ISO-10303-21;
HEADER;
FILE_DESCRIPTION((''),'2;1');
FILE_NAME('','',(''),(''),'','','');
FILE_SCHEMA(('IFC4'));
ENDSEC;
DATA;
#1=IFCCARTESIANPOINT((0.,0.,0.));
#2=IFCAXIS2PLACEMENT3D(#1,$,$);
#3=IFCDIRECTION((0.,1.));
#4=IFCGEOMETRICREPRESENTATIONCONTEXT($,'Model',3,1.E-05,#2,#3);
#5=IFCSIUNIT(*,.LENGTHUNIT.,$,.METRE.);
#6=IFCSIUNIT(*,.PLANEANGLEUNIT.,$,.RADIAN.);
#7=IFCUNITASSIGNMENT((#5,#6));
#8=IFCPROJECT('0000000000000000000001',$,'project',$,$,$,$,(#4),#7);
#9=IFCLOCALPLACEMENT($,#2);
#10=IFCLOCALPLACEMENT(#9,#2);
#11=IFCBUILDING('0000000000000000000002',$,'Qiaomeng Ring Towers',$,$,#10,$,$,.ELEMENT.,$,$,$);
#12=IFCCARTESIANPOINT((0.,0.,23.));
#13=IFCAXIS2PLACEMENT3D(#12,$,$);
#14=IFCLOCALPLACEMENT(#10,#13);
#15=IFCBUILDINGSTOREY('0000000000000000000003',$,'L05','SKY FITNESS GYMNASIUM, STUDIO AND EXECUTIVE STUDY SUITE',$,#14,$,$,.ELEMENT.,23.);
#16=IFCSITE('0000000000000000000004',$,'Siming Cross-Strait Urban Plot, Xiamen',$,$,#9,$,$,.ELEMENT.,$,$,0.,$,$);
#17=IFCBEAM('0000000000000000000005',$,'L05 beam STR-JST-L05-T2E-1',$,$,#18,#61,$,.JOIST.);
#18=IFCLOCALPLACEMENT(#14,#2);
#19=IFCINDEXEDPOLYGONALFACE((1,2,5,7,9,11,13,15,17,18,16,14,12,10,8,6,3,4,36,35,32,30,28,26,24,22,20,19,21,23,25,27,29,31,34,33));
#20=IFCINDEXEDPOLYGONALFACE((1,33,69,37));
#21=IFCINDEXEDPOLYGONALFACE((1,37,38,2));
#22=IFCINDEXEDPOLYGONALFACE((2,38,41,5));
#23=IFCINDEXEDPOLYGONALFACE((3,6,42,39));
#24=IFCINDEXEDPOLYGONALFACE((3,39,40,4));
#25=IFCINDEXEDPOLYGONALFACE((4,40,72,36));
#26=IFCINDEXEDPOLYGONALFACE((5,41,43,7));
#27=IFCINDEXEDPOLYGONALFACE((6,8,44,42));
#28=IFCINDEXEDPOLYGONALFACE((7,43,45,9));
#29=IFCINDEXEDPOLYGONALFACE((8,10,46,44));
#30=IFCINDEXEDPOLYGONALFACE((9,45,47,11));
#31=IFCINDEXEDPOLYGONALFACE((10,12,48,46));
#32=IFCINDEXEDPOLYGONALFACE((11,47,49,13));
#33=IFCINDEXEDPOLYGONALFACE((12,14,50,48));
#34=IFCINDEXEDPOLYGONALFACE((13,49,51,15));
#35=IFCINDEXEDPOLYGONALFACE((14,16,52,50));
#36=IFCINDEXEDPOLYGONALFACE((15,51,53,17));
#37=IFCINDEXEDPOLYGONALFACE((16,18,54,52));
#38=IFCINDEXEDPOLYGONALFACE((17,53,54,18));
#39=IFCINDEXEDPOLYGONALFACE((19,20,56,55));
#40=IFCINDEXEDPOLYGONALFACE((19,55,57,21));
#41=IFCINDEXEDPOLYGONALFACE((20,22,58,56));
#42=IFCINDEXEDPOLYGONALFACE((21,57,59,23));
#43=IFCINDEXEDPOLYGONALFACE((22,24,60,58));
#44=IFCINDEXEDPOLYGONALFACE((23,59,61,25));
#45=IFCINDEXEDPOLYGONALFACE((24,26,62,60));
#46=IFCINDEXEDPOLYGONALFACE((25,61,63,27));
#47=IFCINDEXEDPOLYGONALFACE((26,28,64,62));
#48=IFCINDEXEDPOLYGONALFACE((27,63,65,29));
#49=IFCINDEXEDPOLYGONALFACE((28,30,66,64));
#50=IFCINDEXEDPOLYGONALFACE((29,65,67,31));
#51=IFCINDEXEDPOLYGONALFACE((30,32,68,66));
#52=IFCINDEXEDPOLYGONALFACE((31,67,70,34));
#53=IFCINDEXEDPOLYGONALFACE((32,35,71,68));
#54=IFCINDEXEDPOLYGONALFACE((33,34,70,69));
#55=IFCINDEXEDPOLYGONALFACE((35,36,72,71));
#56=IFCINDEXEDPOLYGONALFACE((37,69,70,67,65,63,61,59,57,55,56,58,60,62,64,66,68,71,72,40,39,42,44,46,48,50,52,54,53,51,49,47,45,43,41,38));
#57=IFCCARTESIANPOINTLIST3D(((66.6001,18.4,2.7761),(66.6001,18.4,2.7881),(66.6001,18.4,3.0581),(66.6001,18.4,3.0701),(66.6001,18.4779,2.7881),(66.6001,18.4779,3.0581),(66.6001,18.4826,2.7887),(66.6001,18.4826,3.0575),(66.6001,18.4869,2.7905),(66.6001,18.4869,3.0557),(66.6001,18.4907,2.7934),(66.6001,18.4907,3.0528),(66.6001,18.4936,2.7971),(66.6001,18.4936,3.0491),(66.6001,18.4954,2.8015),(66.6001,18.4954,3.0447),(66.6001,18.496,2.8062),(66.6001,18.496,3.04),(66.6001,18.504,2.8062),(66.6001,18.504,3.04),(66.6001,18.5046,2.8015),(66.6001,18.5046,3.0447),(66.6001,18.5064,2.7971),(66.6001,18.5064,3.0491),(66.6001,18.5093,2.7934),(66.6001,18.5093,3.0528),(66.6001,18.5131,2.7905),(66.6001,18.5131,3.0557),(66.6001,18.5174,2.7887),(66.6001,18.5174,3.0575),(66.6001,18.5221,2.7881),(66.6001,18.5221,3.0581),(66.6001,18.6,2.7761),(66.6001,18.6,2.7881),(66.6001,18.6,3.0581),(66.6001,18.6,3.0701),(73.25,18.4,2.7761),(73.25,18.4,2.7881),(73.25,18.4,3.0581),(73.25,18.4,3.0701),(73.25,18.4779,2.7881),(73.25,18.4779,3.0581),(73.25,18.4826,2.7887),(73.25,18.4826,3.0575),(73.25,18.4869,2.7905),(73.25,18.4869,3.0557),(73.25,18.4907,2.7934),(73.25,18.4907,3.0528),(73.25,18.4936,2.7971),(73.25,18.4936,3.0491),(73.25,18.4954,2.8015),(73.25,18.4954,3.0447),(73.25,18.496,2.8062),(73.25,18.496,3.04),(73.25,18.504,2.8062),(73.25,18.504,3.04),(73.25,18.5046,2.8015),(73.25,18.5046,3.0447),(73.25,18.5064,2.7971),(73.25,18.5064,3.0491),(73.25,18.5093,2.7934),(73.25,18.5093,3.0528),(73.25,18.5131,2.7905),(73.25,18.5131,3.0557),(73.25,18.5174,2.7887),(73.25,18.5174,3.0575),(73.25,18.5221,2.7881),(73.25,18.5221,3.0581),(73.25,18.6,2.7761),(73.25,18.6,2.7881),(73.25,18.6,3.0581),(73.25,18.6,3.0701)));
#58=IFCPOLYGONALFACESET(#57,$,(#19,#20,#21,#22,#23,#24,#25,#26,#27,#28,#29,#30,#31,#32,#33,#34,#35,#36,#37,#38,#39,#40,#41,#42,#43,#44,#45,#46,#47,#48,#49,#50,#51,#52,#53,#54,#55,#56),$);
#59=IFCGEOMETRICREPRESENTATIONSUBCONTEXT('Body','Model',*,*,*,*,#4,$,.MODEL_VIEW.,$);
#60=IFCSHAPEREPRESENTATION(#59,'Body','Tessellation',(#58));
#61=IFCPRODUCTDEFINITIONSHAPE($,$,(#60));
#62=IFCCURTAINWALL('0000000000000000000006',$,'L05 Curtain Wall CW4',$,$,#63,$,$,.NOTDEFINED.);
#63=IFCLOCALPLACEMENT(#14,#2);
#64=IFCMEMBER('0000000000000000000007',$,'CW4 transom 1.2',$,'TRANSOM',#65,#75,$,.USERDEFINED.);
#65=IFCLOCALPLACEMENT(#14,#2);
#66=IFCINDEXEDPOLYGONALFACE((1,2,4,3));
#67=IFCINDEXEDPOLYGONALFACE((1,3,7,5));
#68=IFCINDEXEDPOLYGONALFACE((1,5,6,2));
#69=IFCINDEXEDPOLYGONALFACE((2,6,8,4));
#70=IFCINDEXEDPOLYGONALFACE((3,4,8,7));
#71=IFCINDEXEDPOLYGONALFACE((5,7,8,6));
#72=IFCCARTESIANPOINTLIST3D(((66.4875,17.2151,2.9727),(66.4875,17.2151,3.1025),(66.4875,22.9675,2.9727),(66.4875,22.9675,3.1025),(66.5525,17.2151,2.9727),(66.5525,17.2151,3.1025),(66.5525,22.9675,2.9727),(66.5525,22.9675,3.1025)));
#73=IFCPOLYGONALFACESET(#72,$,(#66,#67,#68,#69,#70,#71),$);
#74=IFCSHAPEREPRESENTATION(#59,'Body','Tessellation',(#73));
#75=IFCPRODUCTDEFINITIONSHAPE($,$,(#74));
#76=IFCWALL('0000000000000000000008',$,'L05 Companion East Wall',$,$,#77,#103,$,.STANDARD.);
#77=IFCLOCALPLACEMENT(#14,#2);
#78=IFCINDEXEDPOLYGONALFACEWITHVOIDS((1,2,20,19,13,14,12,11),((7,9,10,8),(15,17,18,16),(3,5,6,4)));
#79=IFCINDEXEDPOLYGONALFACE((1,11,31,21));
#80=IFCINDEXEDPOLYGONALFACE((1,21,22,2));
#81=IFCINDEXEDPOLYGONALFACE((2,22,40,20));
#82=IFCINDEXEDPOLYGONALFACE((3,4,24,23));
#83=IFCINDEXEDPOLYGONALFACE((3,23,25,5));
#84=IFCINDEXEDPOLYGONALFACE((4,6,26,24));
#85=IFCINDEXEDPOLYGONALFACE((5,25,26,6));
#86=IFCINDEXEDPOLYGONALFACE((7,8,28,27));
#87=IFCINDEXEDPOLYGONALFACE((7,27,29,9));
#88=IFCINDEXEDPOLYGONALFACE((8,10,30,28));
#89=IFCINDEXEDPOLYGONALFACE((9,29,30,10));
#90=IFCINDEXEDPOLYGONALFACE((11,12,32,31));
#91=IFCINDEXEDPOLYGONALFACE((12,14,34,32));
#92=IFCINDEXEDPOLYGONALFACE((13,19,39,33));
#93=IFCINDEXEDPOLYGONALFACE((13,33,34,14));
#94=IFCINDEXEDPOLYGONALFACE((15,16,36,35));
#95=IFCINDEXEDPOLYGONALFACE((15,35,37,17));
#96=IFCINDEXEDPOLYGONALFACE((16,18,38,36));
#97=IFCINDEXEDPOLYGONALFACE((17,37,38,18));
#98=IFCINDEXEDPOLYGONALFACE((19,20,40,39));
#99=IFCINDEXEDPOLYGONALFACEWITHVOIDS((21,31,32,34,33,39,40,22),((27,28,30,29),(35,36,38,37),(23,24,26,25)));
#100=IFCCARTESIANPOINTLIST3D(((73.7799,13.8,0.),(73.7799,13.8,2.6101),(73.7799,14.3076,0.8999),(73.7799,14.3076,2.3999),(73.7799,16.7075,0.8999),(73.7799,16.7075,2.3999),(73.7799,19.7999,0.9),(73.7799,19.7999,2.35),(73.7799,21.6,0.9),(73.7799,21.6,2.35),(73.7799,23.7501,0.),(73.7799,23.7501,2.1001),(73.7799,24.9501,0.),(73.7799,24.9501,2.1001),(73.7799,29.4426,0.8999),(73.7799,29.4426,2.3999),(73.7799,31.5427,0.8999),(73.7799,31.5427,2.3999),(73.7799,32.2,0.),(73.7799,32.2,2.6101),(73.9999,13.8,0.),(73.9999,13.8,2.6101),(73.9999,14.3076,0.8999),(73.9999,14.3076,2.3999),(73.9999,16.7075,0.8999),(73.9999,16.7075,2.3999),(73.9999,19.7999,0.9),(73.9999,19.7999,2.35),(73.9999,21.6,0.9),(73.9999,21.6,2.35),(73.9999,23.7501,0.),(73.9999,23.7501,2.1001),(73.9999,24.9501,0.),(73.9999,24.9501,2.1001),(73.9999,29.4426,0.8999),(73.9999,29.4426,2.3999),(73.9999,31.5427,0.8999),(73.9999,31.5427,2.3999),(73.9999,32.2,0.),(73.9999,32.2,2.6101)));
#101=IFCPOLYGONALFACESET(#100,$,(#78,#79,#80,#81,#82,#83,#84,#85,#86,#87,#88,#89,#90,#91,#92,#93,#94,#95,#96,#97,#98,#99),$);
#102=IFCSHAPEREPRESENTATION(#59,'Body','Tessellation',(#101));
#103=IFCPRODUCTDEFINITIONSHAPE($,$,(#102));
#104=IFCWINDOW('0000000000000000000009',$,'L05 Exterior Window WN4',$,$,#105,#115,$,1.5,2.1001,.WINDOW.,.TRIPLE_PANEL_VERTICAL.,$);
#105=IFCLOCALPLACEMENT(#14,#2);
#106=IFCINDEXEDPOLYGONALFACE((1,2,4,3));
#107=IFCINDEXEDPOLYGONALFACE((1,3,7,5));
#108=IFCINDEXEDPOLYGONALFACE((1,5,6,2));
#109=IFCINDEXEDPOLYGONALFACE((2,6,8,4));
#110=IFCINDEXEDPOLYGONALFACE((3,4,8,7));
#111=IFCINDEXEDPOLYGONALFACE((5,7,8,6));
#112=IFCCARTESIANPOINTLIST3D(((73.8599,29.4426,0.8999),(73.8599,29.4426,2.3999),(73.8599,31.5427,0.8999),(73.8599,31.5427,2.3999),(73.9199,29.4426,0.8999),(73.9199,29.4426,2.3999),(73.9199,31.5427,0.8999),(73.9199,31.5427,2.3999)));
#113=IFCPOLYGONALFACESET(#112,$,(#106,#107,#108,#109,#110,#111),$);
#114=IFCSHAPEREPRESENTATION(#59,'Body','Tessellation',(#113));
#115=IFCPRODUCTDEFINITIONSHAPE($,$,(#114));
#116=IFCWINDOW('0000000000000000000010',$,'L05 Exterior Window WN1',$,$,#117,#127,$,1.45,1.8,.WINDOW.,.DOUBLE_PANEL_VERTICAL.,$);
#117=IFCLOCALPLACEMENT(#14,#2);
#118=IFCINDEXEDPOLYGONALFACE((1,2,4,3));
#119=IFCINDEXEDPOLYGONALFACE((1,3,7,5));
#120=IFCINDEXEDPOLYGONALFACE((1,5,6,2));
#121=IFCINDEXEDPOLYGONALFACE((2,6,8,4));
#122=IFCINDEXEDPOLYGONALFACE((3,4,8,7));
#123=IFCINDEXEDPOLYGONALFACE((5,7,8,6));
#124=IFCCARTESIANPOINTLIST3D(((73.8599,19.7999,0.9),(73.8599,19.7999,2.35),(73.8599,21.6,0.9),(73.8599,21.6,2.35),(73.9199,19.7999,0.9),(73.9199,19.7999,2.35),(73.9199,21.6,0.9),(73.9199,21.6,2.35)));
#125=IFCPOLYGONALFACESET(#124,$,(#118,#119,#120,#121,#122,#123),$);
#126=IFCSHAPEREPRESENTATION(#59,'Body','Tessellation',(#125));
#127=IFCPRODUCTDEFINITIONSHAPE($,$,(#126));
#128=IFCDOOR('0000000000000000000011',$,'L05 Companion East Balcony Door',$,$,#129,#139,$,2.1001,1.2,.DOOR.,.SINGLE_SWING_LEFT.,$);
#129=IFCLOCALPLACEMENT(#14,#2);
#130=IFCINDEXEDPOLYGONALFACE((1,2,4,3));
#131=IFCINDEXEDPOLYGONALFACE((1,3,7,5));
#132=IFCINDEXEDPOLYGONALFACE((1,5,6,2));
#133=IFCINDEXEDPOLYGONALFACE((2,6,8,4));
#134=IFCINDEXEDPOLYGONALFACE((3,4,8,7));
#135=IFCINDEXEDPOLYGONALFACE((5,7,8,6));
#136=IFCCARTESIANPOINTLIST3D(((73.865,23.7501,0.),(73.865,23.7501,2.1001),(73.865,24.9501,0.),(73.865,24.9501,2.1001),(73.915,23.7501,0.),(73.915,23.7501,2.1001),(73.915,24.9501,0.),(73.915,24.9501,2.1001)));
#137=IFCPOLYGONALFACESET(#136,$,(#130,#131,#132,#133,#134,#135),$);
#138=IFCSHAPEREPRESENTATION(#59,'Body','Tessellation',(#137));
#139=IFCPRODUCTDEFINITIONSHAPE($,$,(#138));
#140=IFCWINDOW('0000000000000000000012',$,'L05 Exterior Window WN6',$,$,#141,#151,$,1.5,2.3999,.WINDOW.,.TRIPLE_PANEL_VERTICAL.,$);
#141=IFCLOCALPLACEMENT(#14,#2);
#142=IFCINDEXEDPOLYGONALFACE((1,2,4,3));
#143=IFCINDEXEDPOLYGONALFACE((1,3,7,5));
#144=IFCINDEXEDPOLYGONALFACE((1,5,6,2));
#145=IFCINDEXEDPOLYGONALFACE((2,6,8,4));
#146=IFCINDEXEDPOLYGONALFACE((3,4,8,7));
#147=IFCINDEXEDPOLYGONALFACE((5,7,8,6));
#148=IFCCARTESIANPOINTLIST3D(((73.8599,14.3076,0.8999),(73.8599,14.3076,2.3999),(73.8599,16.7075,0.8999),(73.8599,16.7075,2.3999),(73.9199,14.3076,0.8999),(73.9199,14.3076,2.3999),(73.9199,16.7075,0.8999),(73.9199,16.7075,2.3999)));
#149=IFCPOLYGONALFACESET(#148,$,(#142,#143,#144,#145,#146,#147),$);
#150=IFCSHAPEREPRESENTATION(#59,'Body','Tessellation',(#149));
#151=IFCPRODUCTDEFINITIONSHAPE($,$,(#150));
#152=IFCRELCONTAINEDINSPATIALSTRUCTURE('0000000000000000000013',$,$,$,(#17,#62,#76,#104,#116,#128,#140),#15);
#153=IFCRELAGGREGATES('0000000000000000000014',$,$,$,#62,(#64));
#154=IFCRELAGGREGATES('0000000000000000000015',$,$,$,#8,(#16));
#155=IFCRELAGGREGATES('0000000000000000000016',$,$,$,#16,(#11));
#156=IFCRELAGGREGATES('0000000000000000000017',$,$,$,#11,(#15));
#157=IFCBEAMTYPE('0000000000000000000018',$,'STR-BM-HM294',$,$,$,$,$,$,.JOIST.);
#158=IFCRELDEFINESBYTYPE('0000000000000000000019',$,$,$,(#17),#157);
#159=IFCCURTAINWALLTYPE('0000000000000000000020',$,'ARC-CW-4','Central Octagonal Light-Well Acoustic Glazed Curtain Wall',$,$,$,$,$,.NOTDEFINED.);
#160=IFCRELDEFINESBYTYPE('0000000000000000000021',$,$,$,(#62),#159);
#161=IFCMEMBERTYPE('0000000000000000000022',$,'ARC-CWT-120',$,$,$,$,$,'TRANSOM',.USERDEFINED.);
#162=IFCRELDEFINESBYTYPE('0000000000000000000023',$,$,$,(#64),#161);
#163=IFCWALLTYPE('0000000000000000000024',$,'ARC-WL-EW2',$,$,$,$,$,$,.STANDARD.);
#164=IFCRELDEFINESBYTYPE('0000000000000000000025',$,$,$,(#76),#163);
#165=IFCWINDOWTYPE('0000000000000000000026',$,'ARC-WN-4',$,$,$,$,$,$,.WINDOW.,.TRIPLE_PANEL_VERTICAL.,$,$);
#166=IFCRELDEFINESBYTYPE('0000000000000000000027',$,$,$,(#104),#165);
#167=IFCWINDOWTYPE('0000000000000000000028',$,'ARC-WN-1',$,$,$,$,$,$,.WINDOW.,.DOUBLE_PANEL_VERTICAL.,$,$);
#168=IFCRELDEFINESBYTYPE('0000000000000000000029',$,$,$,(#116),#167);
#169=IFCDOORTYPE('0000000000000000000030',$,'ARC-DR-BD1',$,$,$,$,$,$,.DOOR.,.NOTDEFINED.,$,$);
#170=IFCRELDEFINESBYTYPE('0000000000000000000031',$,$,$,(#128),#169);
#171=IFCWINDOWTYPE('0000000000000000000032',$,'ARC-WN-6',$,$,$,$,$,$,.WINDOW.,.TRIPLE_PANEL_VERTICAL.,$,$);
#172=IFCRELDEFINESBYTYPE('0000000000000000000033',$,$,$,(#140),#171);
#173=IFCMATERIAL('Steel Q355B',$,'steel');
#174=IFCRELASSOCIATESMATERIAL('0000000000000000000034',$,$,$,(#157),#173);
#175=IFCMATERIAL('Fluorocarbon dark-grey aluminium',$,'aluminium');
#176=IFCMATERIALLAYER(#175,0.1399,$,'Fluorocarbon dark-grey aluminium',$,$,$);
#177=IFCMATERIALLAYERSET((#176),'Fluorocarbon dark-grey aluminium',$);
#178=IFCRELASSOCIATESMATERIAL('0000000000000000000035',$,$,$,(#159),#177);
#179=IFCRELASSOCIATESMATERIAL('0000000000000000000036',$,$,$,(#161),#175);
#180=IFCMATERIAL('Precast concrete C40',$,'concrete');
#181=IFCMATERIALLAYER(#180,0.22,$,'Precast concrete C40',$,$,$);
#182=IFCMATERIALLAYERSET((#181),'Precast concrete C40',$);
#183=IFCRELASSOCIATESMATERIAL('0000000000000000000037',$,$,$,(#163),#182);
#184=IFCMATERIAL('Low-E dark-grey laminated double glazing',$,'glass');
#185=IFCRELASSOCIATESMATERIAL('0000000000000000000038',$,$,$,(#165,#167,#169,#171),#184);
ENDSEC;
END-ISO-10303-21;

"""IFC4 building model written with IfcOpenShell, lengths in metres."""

from ifc_helpers import new_model, si_unit, direction, frame, frame_2d, origin, origin_2d, place, context, subcontext, project, spatial, rectangle, i_section, extrude, source, transform, mapped, material, layer, layer_set, material_profile, profile_set, type_object, element, fill, aggregate, save


model = new_model("IFC4")

# Units and contexts
model_context = context("Model", 3, precision=1e-05, world=origin(), true_north=direction((0.0, 1.0)))
body_context = subcontext(model_context, "Body", "Model", "MODEL_VIEW")
ifc_project = project(units=[si_unit("LENGTHUNIT", "METRE"), si_unit("PLANEANGLEUNIT", "RADIAN")], contexts=[model_context])

# Site, building, storey
site_placement = place(None, origin())
site = spatial("IfcSite", under=ifc_project, at=site_placement, Name="Siming Cross-Strait Urban Plot, Xiamen", CompositionType="ELEMENT", RefElevation=0.0)
building_placement = place(site_placement, origin())
building = spatial("IfcBuilding", under=site, at=building_placement, Name="Qiaomeng Ring Towers", CompositionType="ELEMENT")
storey_placement = place(building_placement, frame((0.0, 0.0, 23.0)))
storey = spatial("IfcBuildingStorey", under=building, at=storey_placement, Name="L05", Description="SKY FITNESS GYMNASIUM, STUDIO AND EXECUTIVE STUDY SUITE", CompositionType="ELEMENT", Elevation=23.0)

# Beam
ifc_material_1 = material(Name="Steel Q355B", Category="steel")
ifc_material_profile_1 = material_profile(ifc_material_1, i_section(OverallWidth=0.2, OverallDepth=0.2939, WebThickness=0.0081, FlangeThickness=0.012, FilletRadius=0.0181, at=origin_2d()), Name="HM 294x200x8x12")
ifc_profile_set_1 = profile_set([ifc_material_profile_1], Name="Steel Q355B")
beam_type_1 = type_object("IfcBeamType", Name="STR-BM-HM294", PredefinedType="JOIST", material=ifc_profile_set_1)
shared_shape_1 = source(origin(), body_context, "Body", "SweptSolid", [
    extrude(i_section(OverallWidth=0.2, OverallDepth=0.2939, WebThickness=0.0081, FlangeThickness=0.012, FilletRadius=0.0181, at=origin_2d()), origin(), (0.0, 0.0, 1.0), 6.6499),
])
beam_1_placement = place(storey_placement, frame((66.6001, 18.5, 2.9231), z_axis=(1.0, 0.0, 0.0), x_axis=(0.0, 1.0, 0.0)))
element("IfcBeam", 1, at=beam_1_placement, inside=storey, type_object=beam_type_1, Name="L05 beam STR-JST-L05-T2E-1", PredefinedType="JOIST", context=body_context, shape_type="MappedRepresentation", body=[
    mapped(shared_shape_1, transform((0.0, 0.0, 0.0), x_axis=(1.0, 0.0, 0.0), y_axis=(0.0, 1.0, 0.0), z_axis=(0.0, 0.0, 1.0), scale=1.0)),
])

# Curtain wall, member
ifc_material_2 = material(Name="Fluorocarbon dark-grey aluminium", Category="aluminium")
ifc_layer_1 = layer(ifc_material_2, 0.1399, Name="Fluorocarbon dark-grey aluminium")
ifc_layer_set_1 = layer_set([ifc_layer_1], Name="Fluorocarbon dark-grey aluminium")
curtain_wall_type = type_object("IfcCurtainWallType", Name="ARC-CW-4", Description="Central Octagonal Light-Well Acoustic Glazed Curtain Wall", PredefinedType="NOTDEFINED", material=ifc_layer_set_1)
curtain_wall_placement = place(storey_placement, origin())
curtain_wall = element("IfcCurtainWall", 2, at=curtain_wall_placement, inside=storey, type_object=curtain_wall_type, Name="L05 Curtain Wall CW4", PredefinedType="NOTDEFINED")
ifc_material_profile_2 = material_profile(ifc_material_2, rectangle(XDim=0.0649, YDim=0.1299, at=origin_2d()), Name="ALU TRAN 65x130")
ifc_profile_set_2 = profile_set([ifc_material_profile_2], Name="Fluorocarbon dark-grey aluminium")
member_type = type_object("IfcMemberType", Name="ARC-CWT-120", ElementType="TRANSOM", PredefinedType="USERDEFINED", material=ifc_profile_set_2)
shared_shape_2 = source(origin(), body_context, "Body", "SweptSolid", [
    extrude(rectangle(XDim=0.0649, YDim=0.1299, at=origin_2d()), origin(), (0.0, 0.0, 1.0), 5.7524),
])
member_placement = place(storey_placement, frame((66.52, 17.2151, 3.0376), z_axis=(0.0, 1.0, 0.0), x_axis=(-1.0, 0.0, 0.0)))
member = element("IfcMember", 3, at=member_placement, type_object=member_type, Name="CW4 transom 1.2", ObjectType="TRANSOM", PredefinedType="USERDEFINED", context=body_context, shape_type="MappedRepresentation", body=[
    mapped(shared_shape_2, transform((0.0, 0.0, 0.0), x_axis=(1.0, 0.0, 0.0), y_axis=(0.0, 1.0, 0.0), z_axis=(0.0, 0.0, 1.0), scale=1.0)),
])
aggregate(curtain_wall, [member])

# Wall, openings, windows, door
ifc_material_3 = material(Name="Precast concrete C40", Category="concrete")
ifc_layer_2 = layer(ifc_material_3, 0.22, Name="Precast concrete C40")
ifc_layer_set_2 = layer_set([ifc_layer_2], Name="Precast concrete C40")
wall_type_1 = type_object("IfcWallType", Name="ARC-WL-EW2", PredefinedType="STANDARD", material=ifc_layer_set_2)
wall_1_placement = place(storey_placement, frame((73.8899, 13.8, 0.0), z_axis=(0.0, 0.0, 1.0), x_axis=(0.0, 1.0, 0.0)))
wall_1 = element("IfcWall", 4, at=wall_1_placement, inside=storey, type_object=wall_type_1, Name="L05 Companion East Wall", PredefinedType="STANDARD", context=body_context, shape_type="SweptSolid", body=[
    extrude(rectangle(XDim=18.3999, YDim=0.22, at=frame_2d((9.2, 0.0))), origin(), (0.0, 0.0, 1.0), 2.6101),
])
opening_1_placement = place(wall_1_placement, frame((9.95, 0.0, 0.0)))
opening_1 = element("IfcOpeningElement", 5, at=opening_1_placement, cuts=wall_1, PredefinedType="OPENING", context=body_context, shape_type="SweptSolid", body=[
    extrude(rectangle(XDim=1.2, YDim=2.1001, at=frame_2d((0.6001, 1.05))), frame((0.0, 0.1199, 0.0), z_axis=(0.0, -1.0, 0.0), x_axis=(1.0, 0.0, 0.0)), (0.0, 0.0, 1.0), 0.24),
])
opening_2_placement = place(wall_1_placement, frame((0.5076, 0.0, 0.8999)))
opening_2 = element("IfcOpeningElement", 6, at=opening_2_placement, cuts=wall_1, PredefinedType="OPENING", context=body_context, shape_type="SweptSolid", body=[
    extrude(rectangle(XDim=2.3999, YDim=1.5, at=frame_2d((1.2, 0.75))), frame((0.0, 0.1199, 0.0), z_axis=(0.0, -1.0, 0.0), x_axis=(1.0, 0.0, 0.0)), (0.0, 0.0, 1.0), 0.24),
])
opening_3_placement = place(wall_1_placement, frame((6.0, 0.0, 0.8999)))
opening_3 = element("IfcOpeningElement", 7, at=opening_3_placement, cuts=wall_1, PredefinedType="OPENING", context=body_context, shape_type="SweptSolid", body=[
    extrude(rectangle(XDim=1.8, YDim=1.45, at=frame_2d((0.8999, 0.7251))), frame((0.0, 0.1199, 0.0), z_axis=(0.0, -1.0, 0.0), x_axis=(1.0, 0.0, 0.0)), (0.0, 0.0, 1.0), 0.24),
])
opening_4_placement = place(wall_1_placement, frame((15.6426, 0.0, 0.8999)))
opening_4 = element("IfcOpeningElement", 8, at=opening_4_placement, cuts=wall_1, PredefinedType="OPENING", context=body_context, shape_type="SweptSolid", body=[
    extrude(rectangle(XDim=2.1001, YDim=1.5, at=frame_2d((1.05, 0.75))), frame((0.0, 0.1199, 0.0), z_axis=(0.0, -1.0, 0.0), x_axis=(1.0, 0.0, 0.0)), (0.0, 0.0, 1.0), 0.24),
])
ifc_material_4 = material(Name="Low-E dark-grey laminated double glazing", Category="glass")
window_type_1 = type_object("IfcWindowType", Name="ARC-WN-4", PartitioningType="TRIPLE_PANEL_VERTICAL", PredefinedType="WINDOW", material=ifc_material_4)
shared_shape_3 = source(origin(), body_context, "Body", "SweptSolid", [
    extrude(rectangle(XDim=2.1001, YDim=1.5, at=frame_2d((1.05, 0.75))), frame((0.0, 0.03, 0.0), z_axis=(0.0, -1.0, 0.0), x_axis=(1.0, 0.0, 0.0)), (0.0, 0.0, 1.0), 0.0601),
])
window_1_placement = place(opening_4_placement, origin())
window_1 = element("IfcWindow", 9, at=window_1_placement, inside=storey, type_object=window_type_1, Name="L05 Exterior Window WN4", OverallHeight=1.5, OverallWidth=2.1001, PartitioningType="TRIPLE_PANEL_VERTICAL", PredefinedType="WINDOW", context=body_context, shape_type="MappedRepresentation", body=[
    mapped(shared_shape_3, transform((0.0, 0.0, 0.0), x_axis=(1.0, 0.0, 0.0), y_axis=(0.0, 1.0, 0.0), z_axis=(0.0, 0.0, 1.0), scale=1.0)),
])
fill(opening_4, window_1)
window_type_2 = type_object("IfcWindowType", Name="ARC-WN-1", PartitioningType="DOUBLE_PANEL_VERTICAL", PredefinedType="WINDOW", material=ifc_material_4)
shared_shape_4 = source(origin(), body_context, "Body", "SweptSolid", [
    extrude(rectangle(XDim=1.8, YDim=1.45, at=frame_2d((0.8999, 0.7251))), frame((0.0, 0.03, 0.0), z_axis=(0.0, -1.0, 0.0), x_axis=(1.0, 0.0, 0.0)), (0.0, 0.0, 1.0), 0.0601),
])
window_2_placement = place(opening_3_placement, origin())
window_2 = element("IfcWindow", 10, at=window_2_placement, inside=storey, type_object=window_type_2, Name="L05 Exterior Window WN1", OverallHeight=1.45, OverallWidth=1.8, PartitioningType="DOUBLE_PANEL_VERTICAL", PredefinedType="WINDOW", context=body_context, shape_type="MappedRepresentation", body=[
    mapped(shared_shape_4, transform((0.0, 0.0, 0.0), x_axis=(1.0, 0.0, 0.0), y_axis=(0.0, 1.0, 0.0), z_axis=(0.0, 0.0, 1.0), scale=1.0)),
])
fill(opening_3, window_2)
door_type_1 = type_object("IfcDoorType", Name="ARC-DR-BD1", OperationType="NOTDEFINED", PredefinedType="DOOR", material=ifc_material_4)
shared_shape_5 = source(origin(), body_context, "Body", "SweptSolid", [
    extrude(rectangle(XDim=1.2, YDim=2.1001, at=frame_2d((0.6001, 1.05))), frame((0.0, 0.0249, 0.0), z_axis=(0.0, -1.0, 0.0), x_axis=(1.0, 0.0, 0.0)), (0.0, 0.0, 1.0), 0.05),
])
door_1_placement = place(opening_1_placement, origin())
door_1 = element("IfcDoor", 11, at=door_1_placement, inside=storey, type_object=door_type_1, Name="L05 Companion East Balcony Door", OperationType="SINGLE_SWING_LEFT", OverallHeight=2.1001, OverallWidth=1.2, PredefinedType="DOOR", context=body_context, shape_type="MappedRepresentation", body=[
    mapped(shared_shape_5, transform((0.0, 0.0, 0.0), x_axis=(1.0, 0.0, 0.0), y_axis=(0.0, 1.0, 0.0), z_axis=(0.0, 0.0, 1.0), scale=1.0)),
])
fill(opening_1, door_1)
window_type_3 = type_object("IfcWindowType", Name="ARC-WN-6", PartitioningType="TRIPLE_PANEL_VERTICAL", PredefinedType="WINDOW", material=ifc_material_4)
shared_shape_6 = source(origin(), body_context, "Body", "SweptSolid", [
    extrude(rectangle(XDim=2.3999, YDim=1.5, at=frame_2d((1.2, 0.75))), frame((0.0, 0.03, 0.0), z_axis=(0.0, -1.0, 0.0), x_axis=(1.0, 0.0, 0.0)), (0.0, 0.0, 1.0), 0.0601),
])
window_3_placement = place(opening_2_placement, origin())
window_3 = element("IfcWindow", 12, at=window_3_placement, inside=storey, type_object=window_type_3, Name="L05 Exterior Window WN6", OverallHeight=1.5, OverallWidth=2.3999, PartitioningType="TRIPLE_PANEL_VERTICAL", PredefinedType="WINDOW", context=body_context, shape_type="MappedRepresentation", body=[
    mapped(shared_shape_6, transform((0.0, 0.0, 0.0), x_axis=(1.0, 0.0, 0.0), y_axis=(0.0, 1.0, 0.0), z_axis=(0.0, 0.0, 1.0), scale=1.0)),
])
fill(opening_2, window_3)

save(model, "model.ifc")
